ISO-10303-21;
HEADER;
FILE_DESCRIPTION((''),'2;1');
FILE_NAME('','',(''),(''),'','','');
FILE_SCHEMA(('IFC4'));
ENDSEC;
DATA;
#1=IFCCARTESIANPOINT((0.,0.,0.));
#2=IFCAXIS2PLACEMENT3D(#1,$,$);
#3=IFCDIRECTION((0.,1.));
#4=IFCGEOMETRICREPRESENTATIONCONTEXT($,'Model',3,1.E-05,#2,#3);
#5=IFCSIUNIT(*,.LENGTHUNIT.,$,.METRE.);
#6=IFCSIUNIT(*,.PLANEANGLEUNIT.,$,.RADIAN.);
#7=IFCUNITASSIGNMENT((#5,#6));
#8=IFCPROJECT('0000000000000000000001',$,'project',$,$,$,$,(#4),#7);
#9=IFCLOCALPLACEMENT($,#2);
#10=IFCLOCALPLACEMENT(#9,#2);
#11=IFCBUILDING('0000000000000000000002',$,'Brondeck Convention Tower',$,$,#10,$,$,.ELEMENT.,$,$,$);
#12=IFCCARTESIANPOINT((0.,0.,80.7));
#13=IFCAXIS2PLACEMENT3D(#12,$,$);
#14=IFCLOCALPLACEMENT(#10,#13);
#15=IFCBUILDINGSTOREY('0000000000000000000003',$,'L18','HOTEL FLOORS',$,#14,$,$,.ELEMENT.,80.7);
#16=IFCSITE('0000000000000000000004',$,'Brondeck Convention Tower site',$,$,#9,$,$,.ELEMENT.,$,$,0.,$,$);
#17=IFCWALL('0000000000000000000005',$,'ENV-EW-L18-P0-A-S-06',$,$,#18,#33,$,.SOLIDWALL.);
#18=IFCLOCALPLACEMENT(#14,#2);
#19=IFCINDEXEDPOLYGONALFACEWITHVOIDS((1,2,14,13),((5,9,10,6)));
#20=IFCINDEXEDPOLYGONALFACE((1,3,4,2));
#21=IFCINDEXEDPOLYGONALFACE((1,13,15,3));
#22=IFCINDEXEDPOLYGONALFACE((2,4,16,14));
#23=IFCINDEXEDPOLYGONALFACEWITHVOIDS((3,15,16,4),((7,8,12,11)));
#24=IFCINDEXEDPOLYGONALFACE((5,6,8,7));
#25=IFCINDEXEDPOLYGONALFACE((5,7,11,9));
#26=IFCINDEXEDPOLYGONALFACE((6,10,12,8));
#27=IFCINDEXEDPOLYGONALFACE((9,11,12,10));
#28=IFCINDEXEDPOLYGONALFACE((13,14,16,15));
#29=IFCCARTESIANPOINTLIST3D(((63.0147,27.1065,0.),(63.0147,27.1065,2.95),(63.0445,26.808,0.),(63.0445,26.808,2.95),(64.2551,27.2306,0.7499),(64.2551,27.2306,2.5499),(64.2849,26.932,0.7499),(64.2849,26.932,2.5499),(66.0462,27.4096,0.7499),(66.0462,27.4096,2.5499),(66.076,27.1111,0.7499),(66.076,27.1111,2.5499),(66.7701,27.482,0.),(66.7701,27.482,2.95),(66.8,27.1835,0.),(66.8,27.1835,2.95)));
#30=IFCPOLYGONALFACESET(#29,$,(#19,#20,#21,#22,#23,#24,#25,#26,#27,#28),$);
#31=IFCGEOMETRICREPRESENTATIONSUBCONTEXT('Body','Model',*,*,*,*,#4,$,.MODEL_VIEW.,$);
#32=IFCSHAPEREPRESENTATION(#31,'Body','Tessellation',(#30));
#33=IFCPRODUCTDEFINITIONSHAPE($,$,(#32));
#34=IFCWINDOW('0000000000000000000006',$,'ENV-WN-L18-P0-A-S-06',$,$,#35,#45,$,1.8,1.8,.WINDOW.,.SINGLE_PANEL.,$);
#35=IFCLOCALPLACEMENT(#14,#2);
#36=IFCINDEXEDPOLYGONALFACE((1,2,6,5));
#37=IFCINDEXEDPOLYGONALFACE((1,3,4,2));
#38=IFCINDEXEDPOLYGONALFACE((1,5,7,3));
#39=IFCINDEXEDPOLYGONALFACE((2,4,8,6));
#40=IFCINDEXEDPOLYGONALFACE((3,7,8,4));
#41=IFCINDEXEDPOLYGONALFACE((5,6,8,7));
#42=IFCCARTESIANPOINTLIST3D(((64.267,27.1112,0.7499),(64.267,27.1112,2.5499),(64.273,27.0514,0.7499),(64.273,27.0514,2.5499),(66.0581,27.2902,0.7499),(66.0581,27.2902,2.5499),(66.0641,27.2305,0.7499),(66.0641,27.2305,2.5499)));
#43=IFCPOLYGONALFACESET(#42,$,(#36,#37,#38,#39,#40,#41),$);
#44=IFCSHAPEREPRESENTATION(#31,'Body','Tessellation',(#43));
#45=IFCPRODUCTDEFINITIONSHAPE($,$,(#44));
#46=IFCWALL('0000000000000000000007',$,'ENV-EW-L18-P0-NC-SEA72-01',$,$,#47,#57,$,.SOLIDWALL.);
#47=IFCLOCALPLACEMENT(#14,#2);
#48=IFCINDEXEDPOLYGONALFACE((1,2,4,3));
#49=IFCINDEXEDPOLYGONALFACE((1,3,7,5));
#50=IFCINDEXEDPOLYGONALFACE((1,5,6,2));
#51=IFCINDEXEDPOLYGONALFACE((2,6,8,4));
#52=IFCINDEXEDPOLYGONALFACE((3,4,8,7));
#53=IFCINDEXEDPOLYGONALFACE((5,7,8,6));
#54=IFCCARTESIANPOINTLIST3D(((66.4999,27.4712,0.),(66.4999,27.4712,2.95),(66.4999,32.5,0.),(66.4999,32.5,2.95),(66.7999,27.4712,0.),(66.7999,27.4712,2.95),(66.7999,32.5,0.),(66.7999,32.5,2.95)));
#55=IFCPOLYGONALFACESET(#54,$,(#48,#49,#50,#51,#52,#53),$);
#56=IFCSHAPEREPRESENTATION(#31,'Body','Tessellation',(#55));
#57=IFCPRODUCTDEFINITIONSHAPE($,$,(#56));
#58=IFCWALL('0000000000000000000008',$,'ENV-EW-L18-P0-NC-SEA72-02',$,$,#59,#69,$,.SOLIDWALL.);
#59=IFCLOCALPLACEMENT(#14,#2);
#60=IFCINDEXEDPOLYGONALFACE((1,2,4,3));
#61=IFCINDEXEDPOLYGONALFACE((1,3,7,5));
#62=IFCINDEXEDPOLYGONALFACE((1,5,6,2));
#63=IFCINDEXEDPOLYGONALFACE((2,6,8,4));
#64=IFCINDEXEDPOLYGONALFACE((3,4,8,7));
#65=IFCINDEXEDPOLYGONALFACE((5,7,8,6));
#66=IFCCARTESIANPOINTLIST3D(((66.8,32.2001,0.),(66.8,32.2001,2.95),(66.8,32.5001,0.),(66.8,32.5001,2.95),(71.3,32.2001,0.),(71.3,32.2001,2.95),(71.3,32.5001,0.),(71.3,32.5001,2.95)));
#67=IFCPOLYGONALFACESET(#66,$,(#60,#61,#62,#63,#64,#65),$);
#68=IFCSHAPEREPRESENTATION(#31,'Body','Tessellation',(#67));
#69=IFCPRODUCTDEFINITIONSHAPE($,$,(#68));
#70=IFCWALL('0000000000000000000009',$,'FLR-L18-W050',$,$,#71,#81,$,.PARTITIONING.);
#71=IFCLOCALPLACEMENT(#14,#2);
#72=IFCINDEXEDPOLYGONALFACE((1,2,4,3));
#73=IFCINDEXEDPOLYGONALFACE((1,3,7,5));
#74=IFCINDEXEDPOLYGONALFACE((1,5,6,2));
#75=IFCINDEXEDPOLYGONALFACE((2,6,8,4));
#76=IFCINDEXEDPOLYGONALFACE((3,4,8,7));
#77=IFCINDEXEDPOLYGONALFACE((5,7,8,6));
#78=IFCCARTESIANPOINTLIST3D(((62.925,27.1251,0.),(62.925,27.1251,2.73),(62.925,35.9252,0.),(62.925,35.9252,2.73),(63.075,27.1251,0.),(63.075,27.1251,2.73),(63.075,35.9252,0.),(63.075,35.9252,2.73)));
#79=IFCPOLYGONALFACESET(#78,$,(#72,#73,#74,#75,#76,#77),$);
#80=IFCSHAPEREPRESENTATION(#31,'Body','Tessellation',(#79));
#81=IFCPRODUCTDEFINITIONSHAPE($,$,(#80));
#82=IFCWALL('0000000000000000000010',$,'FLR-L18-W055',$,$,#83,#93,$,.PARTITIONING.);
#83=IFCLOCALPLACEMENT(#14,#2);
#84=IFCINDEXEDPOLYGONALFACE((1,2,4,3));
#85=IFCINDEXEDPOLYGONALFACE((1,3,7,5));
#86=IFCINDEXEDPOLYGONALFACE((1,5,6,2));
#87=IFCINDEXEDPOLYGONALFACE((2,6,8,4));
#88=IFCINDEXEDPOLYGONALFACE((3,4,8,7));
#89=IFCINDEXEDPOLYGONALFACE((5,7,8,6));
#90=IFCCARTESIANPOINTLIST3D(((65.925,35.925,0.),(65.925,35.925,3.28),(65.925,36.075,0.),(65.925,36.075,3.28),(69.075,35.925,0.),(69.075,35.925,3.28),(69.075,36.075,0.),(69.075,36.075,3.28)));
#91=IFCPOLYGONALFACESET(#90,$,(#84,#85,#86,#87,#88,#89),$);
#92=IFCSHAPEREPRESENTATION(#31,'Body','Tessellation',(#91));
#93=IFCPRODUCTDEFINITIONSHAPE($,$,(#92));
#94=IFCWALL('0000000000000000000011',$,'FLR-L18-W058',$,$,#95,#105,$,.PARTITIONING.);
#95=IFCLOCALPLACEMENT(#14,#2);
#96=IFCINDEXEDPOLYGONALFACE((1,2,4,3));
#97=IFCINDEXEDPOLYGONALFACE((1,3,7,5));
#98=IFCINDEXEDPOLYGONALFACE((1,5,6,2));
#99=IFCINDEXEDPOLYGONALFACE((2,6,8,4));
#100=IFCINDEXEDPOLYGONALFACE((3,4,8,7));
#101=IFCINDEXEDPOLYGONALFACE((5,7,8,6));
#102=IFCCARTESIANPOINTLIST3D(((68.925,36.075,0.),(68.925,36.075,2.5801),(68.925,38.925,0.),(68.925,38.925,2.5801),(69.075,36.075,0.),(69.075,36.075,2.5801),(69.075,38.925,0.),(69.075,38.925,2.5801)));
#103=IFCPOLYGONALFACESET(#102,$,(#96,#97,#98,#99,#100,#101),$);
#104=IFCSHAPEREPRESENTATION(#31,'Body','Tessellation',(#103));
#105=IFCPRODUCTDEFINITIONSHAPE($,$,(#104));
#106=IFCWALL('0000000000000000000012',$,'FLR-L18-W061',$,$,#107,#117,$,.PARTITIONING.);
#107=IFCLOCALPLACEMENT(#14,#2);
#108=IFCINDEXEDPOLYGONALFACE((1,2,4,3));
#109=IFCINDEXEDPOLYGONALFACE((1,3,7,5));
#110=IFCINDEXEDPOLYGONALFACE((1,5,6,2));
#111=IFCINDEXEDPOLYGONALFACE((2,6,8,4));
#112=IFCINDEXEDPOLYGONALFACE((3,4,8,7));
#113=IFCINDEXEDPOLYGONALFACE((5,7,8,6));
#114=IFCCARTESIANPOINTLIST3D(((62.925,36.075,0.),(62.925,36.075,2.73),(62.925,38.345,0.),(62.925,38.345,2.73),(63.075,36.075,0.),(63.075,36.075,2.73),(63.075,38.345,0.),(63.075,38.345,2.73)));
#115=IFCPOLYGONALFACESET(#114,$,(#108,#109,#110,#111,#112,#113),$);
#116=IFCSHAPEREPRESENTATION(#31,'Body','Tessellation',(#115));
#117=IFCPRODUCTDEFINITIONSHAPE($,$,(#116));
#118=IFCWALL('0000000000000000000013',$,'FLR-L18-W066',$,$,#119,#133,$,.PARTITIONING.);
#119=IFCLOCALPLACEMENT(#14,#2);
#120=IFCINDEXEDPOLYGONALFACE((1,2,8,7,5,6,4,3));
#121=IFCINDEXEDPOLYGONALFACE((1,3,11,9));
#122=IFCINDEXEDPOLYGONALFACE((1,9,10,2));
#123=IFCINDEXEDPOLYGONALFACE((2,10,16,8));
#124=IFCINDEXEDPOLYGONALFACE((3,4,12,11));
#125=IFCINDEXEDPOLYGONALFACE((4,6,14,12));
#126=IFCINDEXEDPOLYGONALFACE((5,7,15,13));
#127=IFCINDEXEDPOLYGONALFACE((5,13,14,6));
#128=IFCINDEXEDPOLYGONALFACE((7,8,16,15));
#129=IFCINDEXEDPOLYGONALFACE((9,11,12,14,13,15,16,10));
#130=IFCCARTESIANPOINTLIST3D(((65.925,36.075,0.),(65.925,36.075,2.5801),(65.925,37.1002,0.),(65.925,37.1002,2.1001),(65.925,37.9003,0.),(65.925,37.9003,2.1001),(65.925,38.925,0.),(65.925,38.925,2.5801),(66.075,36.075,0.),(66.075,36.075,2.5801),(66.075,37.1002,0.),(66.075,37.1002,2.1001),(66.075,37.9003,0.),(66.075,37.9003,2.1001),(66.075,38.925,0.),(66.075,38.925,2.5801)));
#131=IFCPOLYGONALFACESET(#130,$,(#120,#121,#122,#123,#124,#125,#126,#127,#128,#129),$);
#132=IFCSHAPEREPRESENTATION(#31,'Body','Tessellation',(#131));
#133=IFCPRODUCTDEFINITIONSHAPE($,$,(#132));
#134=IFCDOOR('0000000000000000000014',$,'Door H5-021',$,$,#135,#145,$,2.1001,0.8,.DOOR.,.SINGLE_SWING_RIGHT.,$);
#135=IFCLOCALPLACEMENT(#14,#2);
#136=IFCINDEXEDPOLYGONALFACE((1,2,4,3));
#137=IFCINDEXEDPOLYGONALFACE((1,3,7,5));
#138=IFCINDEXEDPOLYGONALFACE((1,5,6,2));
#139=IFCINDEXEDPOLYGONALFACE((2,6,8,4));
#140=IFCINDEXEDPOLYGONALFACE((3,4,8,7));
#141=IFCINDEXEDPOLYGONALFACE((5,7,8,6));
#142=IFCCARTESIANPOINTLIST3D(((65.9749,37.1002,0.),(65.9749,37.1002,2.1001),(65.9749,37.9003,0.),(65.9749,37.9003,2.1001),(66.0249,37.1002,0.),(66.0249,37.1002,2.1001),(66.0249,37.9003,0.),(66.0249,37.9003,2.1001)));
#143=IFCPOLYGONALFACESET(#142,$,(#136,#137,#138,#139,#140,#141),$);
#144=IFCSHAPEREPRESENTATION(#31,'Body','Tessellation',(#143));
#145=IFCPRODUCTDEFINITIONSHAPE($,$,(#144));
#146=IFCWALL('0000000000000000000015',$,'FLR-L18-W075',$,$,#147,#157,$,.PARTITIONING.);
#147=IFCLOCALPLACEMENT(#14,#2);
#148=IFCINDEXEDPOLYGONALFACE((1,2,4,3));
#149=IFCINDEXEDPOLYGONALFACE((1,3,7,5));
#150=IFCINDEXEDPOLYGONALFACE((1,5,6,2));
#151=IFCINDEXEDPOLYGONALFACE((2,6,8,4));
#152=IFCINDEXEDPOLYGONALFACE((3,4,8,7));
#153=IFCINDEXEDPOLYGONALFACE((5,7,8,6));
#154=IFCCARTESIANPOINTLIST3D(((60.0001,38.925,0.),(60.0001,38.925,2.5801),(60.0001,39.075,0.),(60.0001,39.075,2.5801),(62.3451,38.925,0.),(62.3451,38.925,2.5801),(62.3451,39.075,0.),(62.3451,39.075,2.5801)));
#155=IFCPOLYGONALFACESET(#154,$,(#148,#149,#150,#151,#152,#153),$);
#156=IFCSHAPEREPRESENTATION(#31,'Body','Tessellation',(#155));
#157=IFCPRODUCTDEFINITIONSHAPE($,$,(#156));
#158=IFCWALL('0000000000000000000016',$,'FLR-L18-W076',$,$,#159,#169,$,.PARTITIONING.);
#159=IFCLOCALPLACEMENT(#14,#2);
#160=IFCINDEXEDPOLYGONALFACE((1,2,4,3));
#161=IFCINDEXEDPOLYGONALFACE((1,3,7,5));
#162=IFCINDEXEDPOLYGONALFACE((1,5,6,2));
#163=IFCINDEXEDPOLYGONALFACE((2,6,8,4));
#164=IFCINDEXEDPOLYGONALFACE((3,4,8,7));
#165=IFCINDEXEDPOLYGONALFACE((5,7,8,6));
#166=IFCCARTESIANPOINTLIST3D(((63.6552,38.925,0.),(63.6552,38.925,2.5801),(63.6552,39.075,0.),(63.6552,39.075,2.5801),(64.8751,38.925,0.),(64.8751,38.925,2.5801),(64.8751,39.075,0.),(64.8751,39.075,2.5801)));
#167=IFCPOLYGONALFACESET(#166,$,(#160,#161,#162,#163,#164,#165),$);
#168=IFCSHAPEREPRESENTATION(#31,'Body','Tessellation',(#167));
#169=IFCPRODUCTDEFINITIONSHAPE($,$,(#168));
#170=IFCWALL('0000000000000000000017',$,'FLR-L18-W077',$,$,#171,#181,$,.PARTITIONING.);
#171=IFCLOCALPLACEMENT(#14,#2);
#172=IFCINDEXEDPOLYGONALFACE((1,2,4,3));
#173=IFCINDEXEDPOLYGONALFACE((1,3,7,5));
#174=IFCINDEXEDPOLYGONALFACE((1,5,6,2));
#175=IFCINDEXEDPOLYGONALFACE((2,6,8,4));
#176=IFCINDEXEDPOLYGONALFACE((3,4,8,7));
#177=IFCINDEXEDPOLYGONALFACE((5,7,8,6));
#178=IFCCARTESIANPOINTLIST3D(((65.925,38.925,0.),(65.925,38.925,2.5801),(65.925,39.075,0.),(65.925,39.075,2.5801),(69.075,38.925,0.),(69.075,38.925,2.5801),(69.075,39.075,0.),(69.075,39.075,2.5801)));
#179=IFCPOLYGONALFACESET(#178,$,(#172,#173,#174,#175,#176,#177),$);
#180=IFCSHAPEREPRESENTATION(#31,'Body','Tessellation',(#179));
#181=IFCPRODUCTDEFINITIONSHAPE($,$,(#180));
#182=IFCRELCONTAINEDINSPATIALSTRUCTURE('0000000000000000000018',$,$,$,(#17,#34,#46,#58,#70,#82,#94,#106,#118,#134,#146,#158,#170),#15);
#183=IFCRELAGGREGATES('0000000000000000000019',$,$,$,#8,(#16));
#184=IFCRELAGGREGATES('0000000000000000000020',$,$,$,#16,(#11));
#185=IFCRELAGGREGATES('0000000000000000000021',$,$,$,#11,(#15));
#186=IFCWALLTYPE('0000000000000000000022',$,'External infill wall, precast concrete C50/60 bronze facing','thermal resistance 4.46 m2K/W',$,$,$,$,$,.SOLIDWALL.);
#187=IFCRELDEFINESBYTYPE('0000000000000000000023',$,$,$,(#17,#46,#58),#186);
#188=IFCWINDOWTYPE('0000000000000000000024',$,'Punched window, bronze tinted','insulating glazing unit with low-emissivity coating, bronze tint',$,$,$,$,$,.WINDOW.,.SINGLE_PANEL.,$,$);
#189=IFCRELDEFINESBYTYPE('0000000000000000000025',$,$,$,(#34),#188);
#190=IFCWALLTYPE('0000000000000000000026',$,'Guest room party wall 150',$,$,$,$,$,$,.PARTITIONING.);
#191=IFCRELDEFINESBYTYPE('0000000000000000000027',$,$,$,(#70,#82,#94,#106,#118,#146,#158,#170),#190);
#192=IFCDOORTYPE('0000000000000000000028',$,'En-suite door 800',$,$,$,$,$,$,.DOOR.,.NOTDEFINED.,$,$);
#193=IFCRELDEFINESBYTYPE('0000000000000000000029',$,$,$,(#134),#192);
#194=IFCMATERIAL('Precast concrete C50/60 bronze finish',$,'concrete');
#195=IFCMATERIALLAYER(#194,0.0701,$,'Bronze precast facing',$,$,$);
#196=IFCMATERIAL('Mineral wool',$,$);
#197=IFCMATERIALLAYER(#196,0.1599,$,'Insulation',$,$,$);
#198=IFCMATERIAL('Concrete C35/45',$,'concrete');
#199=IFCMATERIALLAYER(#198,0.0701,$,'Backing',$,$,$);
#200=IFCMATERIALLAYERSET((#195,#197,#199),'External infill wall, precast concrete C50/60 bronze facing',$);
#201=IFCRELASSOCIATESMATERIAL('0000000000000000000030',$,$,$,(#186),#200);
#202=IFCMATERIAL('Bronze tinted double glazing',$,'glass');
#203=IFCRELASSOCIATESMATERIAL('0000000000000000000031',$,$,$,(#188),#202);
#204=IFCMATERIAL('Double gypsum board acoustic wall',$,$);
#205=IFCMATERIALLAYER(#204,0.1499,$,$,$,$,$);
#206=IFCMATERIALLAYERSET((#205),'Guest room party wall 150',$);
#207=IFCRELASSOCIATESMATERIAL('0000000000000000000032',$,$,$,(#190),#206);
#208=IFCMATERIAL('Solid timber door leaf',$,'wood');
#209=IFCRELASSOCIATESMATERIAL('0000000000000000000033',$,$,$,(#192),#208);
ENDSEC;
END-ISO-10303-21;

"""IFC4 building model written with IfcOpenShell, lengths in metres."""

from ifc_helpers import new_model, si_unit, direction, frame, frame_2d, origin, place, context, subcontext, project, spatial, rectangle, extrude, material, layer, layer_set, type_object, element, fill, save


model = new_model("IFC4")

# Units and contexts
model_context = context("Model", 3, precision=1e-05, world=origin(), true_north=direction((0.0, 1.0)))
body_context = subcontext(model_context, "Body", "Model", "MODEL_VIEW")
ifc_project = project(units=[si_unit("LENGTHUNIT", "METRE"), si_unit("PLANEANGLEUNIT", "RADIAN")], contexts=[model_context])

# Site, building, storey
site_placement = place(None, origin())
site = spatial("IfcSite", under=ifc_project, at=site_placement, Name="Brondeck Convention Tower site", CompositionType="ELEMENT", RefElevation=0.0)
building_placement = place(site_placement, origin())
building = spatial("IfcBuilding", under=site, at=building_placement, Name="Brondeck Convention Tower", CompositionType="ELEMENT")
storey_placement = place(building_placement, frame((0.0, 0.0, 80.7)))
storey = spatial("IfcBuildingStorey", under=building, at=storey_placement, Name="L18", Description="HOTEL FLOORS", CompositionType="ELEMENT", Elevation=80.7)

# Shared definitions
ifc_material_1 = material(Name="Precast concrete C50/60 bronze finish", Category="concrete")
ifc_layer_1 = layer(ifc_material_1, 0.0701, Name="Bronze precast facing")
ifc_material_2 = material(Name="Mineral wool")
ifc_layer_2 = layer(ifc_material_2, 0.1599, Name="Insulation")
ifc_material_3 = material(Name="Concrete C35/45", Category="concrete")
ifc_layer_3 = layer(ifc_material_3, 0.0701, Name="Backing")
ifc_layer_set_1 = layer_set([ifc_layer_1, ifc_layer_2, ifc_layer_3], Name="External infill wall, precast concrete C50/60 bronze facing")
wall_type_1 = type_object("IfcWallType", Name="External infill wall, precast concrete C50/60 bronze facing", Description="thermal resistance 4.46 m2K/W", PredefinedType="SOLIDWALL", material=ifc_layer_set_1)
ifc_material_4 = material(Name="Bronze tinted double glazing", Category="glass")
window_type_1 = type_object("IfcWindowType", Name="Punched window, bronze tinted", Description="insulating glazing unit with low-emissivity coating, bronze tint", PartitioningType="SINGLE_PANEL", PredefinedType="WINDOW", material=ifc_material_4)

# Wall, opening, window
wall_1_placement = place(storey_placement, frame((66.7852, 27.3328, 0.0), z_axis=(0.0, 0.0, 1.0), x_axis=(-0.995038, -0.099491, 0.0)))
wall_1 = element("IfcWall", 1, at=wall_1_placement, inside=storey, type_object=wall_type_1, Name="ENV-EW-L18-P0-A-S-06", PredefinedType="SOLIDWALL", context=body_context, shape_type="SweptSolid", body=[
    extrude(rectangle(XDim=3.7742, YDim=0.3, at=frame_2d((1.8872, 0.0))), origin(), (0.0, 0.0, 1.0), 2.95),
])
opening_1_placement = place(wall_1_placement, frame((0.7278, 0.0, 0.75)))
opening_1 = element("IfcOpeningElement", 2, at=opening_1_placement, cuts=wall_1, PredefinedType="OPENING", context=body_context, shape_type="SweptSolid", body=[
    extrude(rectangle(XDim=1.8, YDim=1.8, at=frame_2d((0.8999, 0.8999))), frame((0.0, 0.1599, 0.0), z_axis=(0.0, -1.0, 0.0), x_axis=(1.0, 0.0, 0.0)), (0.0, 0.0, 1.0), 0.3201),
])
window_1_placement = place(opening_1_placement, origin())
window_1 = element("IfcWindow", 3, at=window_1_placement, inside=storey, type_object=window_type_1, Name="ENV-WN-L18-P0-A-S-06", OverallHeight=1.8, OverallWidth=1.8, PartitioningType="SINGLE_PANEL", PredefinedType="WINDOW", context=body_context, shape_type="SweptSolid", body=[
    extrude(rectangle(XDim=1.8, YDim=1.8, at=frame_2d((0.8999, 0.8999))), frame((0.0, 0.03, 0.0), z_axis=(0.0, -1.0, 0.0), x_axis=(1.0, 0.0, 0.0)), (0.0, 0.0, 1.0), 0.0601),
])
fill(opening_1, window_1)

# Walls
wall_2_placement = place(storey_placement, frame((66.6499, 32.5, 0.0), z_axis=(0.0, 0.0, 1.0), x_axis=(0.0, -1.0, 0.0)))
element("IfcWall", 4, at=wall_2_placement, inside=storey, type_object=wall_type_1, Name="ENV-EW-L18-P0-NC-SEA72-01", PredefinedType="SOLIDWALL", context=body_context, shape_type="SweptSolid", body=[
    extrude(rectangle(XDim=5.0288, YDim=0.3, at=frame_2d((2.5144, 0.0))), origin(), (0.0, 0.0, 1.0), 2.95),
])
wall_3_placement = place(storey_placement, frame((71.3, 32.3501, 0.0), z_axis=(0.0, 0.0, 1.0), x_axis=(-1.0, 0.0, 0.0)))
element("IfcWall", 5, at=wall_3_placement, inside=storey, type_object=wall_type_1, Name="ENV-EW-L18-P0-NC-SEA72-02", PredefinedType="SOLIDWALL", context=body_context, shape_type="SweptSolid", body=[
    extrude(rectangle(XDim=4.5, YDim=0.3, at=frame_2d((2.25, 0.0))), origin(), (0.0, 0.0, 1.0), 2.95),
])
ifc_material_5 = material(Name="Double gypsum board acoustic wall")
ifc_layer_4 = layer(ifc_material_5, 0.1499)
ifc_layer_set_2 = layer_set([ifc_layer_4], Name="Guest room party wall 150")
wall_type_2 = type_object("IfcWallType", Name="Guest room party wall 150", PredefinedType="PARTITIONING", material=ifc_layer_set_2)
wall_4_placement = place(storey_placement, frame((63.0, 35.925, 0.0), z_axis=(0.0, 0.0, 1.0), x_axis=(0.0, -1.0, 0.0)))
element("IfcWall", 6, at=wall_4_placement, inside=storey, type_object=wall_type_2, Name="FLR-L18-W050", PredefinedType="PARTITIONING", context=body_context, shape_type="SweptSolid", body=[
    extrude(rectangle(XDim=8.8, YDim=0.1499, at=frame_2d((4.3999, 0.0))), origin(), (0.0, 0.0, 1.0), 2.73),
])
wall_5_placement = place(storey_placement, frame((65.925, 36.0, 0.0), z_axis=(0.0, 0.0, 1.0), x_axis=(1.0, 0.0, 0.0)))
element("IfcWall", 7, at=wall_5_placement, inside=storey, type_object=wall_type_2, Name="FLR-L18-W055", PredefinedType="PARTITIONING", context=body_context, shape_type="SweptSolid", body=[
    extrude(rectangle(XDim=3.1499, YDim=0.1499, at=frame_2d((1.575, 0.0))), origin(), (0.0, 0.0, 1.0), 3.28),
])
wall_6_placement = place(storey_placement, frame((69.0, 36.075, 0.0), z_axis=(0.0, 0.0, 1.0), x_axis=(0.0, 1.0, 0.0)))
element("IfcWall", 8, at=wall_6_placement, inside=storey, type_object=wall_type_2, Name="FLR-L18-W058", PredefinedType="PARTITIONING", context=body_context, shape_type="SweptSolid", body=[
    extrude(rectangle(XDim=2.8501, YDim=0.1499, at=frame_2d((1.425, 0.0))), origin(), (0.0, 0.0, 1.0), 2.5801),
])
wall_7_placement = place(storey_placement, frame((63.0, 38.345, 0.0), z_axis=(0.0, 0.0, 1.0), x_axis=(0.0, -1.0, 0.0)))
element("IfcWall", 9, at=wall_7_placement, inside=storey, type_object=wall_type_2, Name="FLR-L18-W061", PredefinedType="PARTITIONING", context=body_context, shape_type="SweptSolid", body=[
    extrude(rectangle(XDim=2.27, YDim=0.1499, at=frame_2d((1.135, 0.0))), origin(), (0.0, 0.0, 1.0), 2.73),
])

# Wall, opening, door
wall_8_placement = place(storey_placement, frame((66.0, 38.925, 0.0), z_axis=(0.0, 0.0, 1.0), x_axis=(0.0, -1.0, 0.0)))
wall_8 = element("IfcWall", 10, at=wall_8_placement, inside=storey, type_object=wall_type_2, Name="FLR-L18-W066", PredefinedType="PARTITIONING", context=body_context, shape_type="SweptSolid", body=[
    extrude(rectangle(XDim=2.8501, YDim=0.1499, at=frame_2d((1.425, 0.0))), origin(), (0.0, 0.0, 1.0), 2.5801),
])
opening_2_placement = place(wall_8_placement, frame((1.0249, 0.0, 0.0)))
opening_2 = element("IfcOpeningElement", 11, at=opening_2_placement, cuts=wall_8, PredefinedType="OPENING", context=body_context, shape_type="SweptSolid", body=[
    extrude(rectangle(XDim=0.8, YDim=2.1001, at=frame_2d((0.3999, 1.05))), frame((0.0, 0.085, 0.0), z_axis=(0.0, -1.0, 0.0), x_axis=(1.0, 0.0, 0.0)), (0.0, 0.0, 1.0), 0.1699),
])
ifc_material_6 = material(Name="Solid timber door leaf", Category="wood")
door_type = type_object("IfcDoorType", Name="En-suite door 800", OperationType="NOTDEFINED", PredefinedType="DOOR", material=ifc_material_6)
door_placement = place(opening_2_placement, origin())
door = element("IfcDoor", 12, at=door_placement, inside=storey, type_object=door_type, Name="Door H5-021", OperationType="SINGLE_SWING_RIGHT", OverallHeight=2.1001, OverallWidth=0.8, PredefinedType="DOOR", context=body_context, shape_type="SweptSolid", body=[
    extrude(rectangle(XDim=0.8, YDim=2.1001, at=frame_2d((0.3999, 1.05))), frame((0.0, 0.0249, 0.0), z_axis=(0.0, -1.0, 0.0), x_axis=(1.0, 0.0, 0.0)), (0.0, 0.0, 1.0), 0.05),
])
fill(opening_2, door)

# Walls
wall_9_placement = place(storey_placement, frame((62.345, 39.0, 0.0), z_axis=(0.0, 0.0, 1.0), x_axis=(-1.0, 0.0, 0.0)))
element("IfcWall", 13, at=wall_9_placement, inside=storey, type_object=wall_type_2, Name="FLR-L18-W075", PredefinedType="PARTITIONING", context=body_context, shape_type="SweptSolid", body=[
    extrude(rectangle(XDim=2.345, YDim=0.1499, at=frame_2d((1.1724, 0.0))), origin(), (0.0, 0.0, 1.0), 2.5801),
])
wall_10_placement = place(storey_placement, frame((64.875, 39.0, 0.0), z_axis=(0.0, 0.0, 1.0), x_axis=(-1.0, 0.0, 0.0)))
element("IfcWall", 14, at=wall_10_placement, inside=storey, type_object=wall_type_2, Name="FLR-L18-W076", PredefinedType="PARTITIONING", context=body_context, shape_type="SweptSolid", body=[
    extrude(rectangle(XDim=1.22, YDim=0.1499, at=frame_2d((0.6099, 0.0))), origin(), (0.0, 0.0, 1.0), 2.5801),
])
wall_11_placement = place(storey_placement, frame((69.075, 39.0, 0.0), z_axis=(0.0, 0.0, 1.0), x_axis=(-1.0, 0.0, 0.0)))
element("IfcWall", 15, at=wall_11_placement, inside=storey, type_object=wall_type_2, Name="FLR-L18-W077", PredefinedType="PARTITIONING", context=body_context, shape_type="SweptSolid", body=[
    extrude(rectangle(XDim=3.1499, YDim=0.1499, at=frame_2d((1.575, 0.0))), origin(), (0.0, 0.0, 1.0), 2.5801),
])

save(model, "model.ifc")
